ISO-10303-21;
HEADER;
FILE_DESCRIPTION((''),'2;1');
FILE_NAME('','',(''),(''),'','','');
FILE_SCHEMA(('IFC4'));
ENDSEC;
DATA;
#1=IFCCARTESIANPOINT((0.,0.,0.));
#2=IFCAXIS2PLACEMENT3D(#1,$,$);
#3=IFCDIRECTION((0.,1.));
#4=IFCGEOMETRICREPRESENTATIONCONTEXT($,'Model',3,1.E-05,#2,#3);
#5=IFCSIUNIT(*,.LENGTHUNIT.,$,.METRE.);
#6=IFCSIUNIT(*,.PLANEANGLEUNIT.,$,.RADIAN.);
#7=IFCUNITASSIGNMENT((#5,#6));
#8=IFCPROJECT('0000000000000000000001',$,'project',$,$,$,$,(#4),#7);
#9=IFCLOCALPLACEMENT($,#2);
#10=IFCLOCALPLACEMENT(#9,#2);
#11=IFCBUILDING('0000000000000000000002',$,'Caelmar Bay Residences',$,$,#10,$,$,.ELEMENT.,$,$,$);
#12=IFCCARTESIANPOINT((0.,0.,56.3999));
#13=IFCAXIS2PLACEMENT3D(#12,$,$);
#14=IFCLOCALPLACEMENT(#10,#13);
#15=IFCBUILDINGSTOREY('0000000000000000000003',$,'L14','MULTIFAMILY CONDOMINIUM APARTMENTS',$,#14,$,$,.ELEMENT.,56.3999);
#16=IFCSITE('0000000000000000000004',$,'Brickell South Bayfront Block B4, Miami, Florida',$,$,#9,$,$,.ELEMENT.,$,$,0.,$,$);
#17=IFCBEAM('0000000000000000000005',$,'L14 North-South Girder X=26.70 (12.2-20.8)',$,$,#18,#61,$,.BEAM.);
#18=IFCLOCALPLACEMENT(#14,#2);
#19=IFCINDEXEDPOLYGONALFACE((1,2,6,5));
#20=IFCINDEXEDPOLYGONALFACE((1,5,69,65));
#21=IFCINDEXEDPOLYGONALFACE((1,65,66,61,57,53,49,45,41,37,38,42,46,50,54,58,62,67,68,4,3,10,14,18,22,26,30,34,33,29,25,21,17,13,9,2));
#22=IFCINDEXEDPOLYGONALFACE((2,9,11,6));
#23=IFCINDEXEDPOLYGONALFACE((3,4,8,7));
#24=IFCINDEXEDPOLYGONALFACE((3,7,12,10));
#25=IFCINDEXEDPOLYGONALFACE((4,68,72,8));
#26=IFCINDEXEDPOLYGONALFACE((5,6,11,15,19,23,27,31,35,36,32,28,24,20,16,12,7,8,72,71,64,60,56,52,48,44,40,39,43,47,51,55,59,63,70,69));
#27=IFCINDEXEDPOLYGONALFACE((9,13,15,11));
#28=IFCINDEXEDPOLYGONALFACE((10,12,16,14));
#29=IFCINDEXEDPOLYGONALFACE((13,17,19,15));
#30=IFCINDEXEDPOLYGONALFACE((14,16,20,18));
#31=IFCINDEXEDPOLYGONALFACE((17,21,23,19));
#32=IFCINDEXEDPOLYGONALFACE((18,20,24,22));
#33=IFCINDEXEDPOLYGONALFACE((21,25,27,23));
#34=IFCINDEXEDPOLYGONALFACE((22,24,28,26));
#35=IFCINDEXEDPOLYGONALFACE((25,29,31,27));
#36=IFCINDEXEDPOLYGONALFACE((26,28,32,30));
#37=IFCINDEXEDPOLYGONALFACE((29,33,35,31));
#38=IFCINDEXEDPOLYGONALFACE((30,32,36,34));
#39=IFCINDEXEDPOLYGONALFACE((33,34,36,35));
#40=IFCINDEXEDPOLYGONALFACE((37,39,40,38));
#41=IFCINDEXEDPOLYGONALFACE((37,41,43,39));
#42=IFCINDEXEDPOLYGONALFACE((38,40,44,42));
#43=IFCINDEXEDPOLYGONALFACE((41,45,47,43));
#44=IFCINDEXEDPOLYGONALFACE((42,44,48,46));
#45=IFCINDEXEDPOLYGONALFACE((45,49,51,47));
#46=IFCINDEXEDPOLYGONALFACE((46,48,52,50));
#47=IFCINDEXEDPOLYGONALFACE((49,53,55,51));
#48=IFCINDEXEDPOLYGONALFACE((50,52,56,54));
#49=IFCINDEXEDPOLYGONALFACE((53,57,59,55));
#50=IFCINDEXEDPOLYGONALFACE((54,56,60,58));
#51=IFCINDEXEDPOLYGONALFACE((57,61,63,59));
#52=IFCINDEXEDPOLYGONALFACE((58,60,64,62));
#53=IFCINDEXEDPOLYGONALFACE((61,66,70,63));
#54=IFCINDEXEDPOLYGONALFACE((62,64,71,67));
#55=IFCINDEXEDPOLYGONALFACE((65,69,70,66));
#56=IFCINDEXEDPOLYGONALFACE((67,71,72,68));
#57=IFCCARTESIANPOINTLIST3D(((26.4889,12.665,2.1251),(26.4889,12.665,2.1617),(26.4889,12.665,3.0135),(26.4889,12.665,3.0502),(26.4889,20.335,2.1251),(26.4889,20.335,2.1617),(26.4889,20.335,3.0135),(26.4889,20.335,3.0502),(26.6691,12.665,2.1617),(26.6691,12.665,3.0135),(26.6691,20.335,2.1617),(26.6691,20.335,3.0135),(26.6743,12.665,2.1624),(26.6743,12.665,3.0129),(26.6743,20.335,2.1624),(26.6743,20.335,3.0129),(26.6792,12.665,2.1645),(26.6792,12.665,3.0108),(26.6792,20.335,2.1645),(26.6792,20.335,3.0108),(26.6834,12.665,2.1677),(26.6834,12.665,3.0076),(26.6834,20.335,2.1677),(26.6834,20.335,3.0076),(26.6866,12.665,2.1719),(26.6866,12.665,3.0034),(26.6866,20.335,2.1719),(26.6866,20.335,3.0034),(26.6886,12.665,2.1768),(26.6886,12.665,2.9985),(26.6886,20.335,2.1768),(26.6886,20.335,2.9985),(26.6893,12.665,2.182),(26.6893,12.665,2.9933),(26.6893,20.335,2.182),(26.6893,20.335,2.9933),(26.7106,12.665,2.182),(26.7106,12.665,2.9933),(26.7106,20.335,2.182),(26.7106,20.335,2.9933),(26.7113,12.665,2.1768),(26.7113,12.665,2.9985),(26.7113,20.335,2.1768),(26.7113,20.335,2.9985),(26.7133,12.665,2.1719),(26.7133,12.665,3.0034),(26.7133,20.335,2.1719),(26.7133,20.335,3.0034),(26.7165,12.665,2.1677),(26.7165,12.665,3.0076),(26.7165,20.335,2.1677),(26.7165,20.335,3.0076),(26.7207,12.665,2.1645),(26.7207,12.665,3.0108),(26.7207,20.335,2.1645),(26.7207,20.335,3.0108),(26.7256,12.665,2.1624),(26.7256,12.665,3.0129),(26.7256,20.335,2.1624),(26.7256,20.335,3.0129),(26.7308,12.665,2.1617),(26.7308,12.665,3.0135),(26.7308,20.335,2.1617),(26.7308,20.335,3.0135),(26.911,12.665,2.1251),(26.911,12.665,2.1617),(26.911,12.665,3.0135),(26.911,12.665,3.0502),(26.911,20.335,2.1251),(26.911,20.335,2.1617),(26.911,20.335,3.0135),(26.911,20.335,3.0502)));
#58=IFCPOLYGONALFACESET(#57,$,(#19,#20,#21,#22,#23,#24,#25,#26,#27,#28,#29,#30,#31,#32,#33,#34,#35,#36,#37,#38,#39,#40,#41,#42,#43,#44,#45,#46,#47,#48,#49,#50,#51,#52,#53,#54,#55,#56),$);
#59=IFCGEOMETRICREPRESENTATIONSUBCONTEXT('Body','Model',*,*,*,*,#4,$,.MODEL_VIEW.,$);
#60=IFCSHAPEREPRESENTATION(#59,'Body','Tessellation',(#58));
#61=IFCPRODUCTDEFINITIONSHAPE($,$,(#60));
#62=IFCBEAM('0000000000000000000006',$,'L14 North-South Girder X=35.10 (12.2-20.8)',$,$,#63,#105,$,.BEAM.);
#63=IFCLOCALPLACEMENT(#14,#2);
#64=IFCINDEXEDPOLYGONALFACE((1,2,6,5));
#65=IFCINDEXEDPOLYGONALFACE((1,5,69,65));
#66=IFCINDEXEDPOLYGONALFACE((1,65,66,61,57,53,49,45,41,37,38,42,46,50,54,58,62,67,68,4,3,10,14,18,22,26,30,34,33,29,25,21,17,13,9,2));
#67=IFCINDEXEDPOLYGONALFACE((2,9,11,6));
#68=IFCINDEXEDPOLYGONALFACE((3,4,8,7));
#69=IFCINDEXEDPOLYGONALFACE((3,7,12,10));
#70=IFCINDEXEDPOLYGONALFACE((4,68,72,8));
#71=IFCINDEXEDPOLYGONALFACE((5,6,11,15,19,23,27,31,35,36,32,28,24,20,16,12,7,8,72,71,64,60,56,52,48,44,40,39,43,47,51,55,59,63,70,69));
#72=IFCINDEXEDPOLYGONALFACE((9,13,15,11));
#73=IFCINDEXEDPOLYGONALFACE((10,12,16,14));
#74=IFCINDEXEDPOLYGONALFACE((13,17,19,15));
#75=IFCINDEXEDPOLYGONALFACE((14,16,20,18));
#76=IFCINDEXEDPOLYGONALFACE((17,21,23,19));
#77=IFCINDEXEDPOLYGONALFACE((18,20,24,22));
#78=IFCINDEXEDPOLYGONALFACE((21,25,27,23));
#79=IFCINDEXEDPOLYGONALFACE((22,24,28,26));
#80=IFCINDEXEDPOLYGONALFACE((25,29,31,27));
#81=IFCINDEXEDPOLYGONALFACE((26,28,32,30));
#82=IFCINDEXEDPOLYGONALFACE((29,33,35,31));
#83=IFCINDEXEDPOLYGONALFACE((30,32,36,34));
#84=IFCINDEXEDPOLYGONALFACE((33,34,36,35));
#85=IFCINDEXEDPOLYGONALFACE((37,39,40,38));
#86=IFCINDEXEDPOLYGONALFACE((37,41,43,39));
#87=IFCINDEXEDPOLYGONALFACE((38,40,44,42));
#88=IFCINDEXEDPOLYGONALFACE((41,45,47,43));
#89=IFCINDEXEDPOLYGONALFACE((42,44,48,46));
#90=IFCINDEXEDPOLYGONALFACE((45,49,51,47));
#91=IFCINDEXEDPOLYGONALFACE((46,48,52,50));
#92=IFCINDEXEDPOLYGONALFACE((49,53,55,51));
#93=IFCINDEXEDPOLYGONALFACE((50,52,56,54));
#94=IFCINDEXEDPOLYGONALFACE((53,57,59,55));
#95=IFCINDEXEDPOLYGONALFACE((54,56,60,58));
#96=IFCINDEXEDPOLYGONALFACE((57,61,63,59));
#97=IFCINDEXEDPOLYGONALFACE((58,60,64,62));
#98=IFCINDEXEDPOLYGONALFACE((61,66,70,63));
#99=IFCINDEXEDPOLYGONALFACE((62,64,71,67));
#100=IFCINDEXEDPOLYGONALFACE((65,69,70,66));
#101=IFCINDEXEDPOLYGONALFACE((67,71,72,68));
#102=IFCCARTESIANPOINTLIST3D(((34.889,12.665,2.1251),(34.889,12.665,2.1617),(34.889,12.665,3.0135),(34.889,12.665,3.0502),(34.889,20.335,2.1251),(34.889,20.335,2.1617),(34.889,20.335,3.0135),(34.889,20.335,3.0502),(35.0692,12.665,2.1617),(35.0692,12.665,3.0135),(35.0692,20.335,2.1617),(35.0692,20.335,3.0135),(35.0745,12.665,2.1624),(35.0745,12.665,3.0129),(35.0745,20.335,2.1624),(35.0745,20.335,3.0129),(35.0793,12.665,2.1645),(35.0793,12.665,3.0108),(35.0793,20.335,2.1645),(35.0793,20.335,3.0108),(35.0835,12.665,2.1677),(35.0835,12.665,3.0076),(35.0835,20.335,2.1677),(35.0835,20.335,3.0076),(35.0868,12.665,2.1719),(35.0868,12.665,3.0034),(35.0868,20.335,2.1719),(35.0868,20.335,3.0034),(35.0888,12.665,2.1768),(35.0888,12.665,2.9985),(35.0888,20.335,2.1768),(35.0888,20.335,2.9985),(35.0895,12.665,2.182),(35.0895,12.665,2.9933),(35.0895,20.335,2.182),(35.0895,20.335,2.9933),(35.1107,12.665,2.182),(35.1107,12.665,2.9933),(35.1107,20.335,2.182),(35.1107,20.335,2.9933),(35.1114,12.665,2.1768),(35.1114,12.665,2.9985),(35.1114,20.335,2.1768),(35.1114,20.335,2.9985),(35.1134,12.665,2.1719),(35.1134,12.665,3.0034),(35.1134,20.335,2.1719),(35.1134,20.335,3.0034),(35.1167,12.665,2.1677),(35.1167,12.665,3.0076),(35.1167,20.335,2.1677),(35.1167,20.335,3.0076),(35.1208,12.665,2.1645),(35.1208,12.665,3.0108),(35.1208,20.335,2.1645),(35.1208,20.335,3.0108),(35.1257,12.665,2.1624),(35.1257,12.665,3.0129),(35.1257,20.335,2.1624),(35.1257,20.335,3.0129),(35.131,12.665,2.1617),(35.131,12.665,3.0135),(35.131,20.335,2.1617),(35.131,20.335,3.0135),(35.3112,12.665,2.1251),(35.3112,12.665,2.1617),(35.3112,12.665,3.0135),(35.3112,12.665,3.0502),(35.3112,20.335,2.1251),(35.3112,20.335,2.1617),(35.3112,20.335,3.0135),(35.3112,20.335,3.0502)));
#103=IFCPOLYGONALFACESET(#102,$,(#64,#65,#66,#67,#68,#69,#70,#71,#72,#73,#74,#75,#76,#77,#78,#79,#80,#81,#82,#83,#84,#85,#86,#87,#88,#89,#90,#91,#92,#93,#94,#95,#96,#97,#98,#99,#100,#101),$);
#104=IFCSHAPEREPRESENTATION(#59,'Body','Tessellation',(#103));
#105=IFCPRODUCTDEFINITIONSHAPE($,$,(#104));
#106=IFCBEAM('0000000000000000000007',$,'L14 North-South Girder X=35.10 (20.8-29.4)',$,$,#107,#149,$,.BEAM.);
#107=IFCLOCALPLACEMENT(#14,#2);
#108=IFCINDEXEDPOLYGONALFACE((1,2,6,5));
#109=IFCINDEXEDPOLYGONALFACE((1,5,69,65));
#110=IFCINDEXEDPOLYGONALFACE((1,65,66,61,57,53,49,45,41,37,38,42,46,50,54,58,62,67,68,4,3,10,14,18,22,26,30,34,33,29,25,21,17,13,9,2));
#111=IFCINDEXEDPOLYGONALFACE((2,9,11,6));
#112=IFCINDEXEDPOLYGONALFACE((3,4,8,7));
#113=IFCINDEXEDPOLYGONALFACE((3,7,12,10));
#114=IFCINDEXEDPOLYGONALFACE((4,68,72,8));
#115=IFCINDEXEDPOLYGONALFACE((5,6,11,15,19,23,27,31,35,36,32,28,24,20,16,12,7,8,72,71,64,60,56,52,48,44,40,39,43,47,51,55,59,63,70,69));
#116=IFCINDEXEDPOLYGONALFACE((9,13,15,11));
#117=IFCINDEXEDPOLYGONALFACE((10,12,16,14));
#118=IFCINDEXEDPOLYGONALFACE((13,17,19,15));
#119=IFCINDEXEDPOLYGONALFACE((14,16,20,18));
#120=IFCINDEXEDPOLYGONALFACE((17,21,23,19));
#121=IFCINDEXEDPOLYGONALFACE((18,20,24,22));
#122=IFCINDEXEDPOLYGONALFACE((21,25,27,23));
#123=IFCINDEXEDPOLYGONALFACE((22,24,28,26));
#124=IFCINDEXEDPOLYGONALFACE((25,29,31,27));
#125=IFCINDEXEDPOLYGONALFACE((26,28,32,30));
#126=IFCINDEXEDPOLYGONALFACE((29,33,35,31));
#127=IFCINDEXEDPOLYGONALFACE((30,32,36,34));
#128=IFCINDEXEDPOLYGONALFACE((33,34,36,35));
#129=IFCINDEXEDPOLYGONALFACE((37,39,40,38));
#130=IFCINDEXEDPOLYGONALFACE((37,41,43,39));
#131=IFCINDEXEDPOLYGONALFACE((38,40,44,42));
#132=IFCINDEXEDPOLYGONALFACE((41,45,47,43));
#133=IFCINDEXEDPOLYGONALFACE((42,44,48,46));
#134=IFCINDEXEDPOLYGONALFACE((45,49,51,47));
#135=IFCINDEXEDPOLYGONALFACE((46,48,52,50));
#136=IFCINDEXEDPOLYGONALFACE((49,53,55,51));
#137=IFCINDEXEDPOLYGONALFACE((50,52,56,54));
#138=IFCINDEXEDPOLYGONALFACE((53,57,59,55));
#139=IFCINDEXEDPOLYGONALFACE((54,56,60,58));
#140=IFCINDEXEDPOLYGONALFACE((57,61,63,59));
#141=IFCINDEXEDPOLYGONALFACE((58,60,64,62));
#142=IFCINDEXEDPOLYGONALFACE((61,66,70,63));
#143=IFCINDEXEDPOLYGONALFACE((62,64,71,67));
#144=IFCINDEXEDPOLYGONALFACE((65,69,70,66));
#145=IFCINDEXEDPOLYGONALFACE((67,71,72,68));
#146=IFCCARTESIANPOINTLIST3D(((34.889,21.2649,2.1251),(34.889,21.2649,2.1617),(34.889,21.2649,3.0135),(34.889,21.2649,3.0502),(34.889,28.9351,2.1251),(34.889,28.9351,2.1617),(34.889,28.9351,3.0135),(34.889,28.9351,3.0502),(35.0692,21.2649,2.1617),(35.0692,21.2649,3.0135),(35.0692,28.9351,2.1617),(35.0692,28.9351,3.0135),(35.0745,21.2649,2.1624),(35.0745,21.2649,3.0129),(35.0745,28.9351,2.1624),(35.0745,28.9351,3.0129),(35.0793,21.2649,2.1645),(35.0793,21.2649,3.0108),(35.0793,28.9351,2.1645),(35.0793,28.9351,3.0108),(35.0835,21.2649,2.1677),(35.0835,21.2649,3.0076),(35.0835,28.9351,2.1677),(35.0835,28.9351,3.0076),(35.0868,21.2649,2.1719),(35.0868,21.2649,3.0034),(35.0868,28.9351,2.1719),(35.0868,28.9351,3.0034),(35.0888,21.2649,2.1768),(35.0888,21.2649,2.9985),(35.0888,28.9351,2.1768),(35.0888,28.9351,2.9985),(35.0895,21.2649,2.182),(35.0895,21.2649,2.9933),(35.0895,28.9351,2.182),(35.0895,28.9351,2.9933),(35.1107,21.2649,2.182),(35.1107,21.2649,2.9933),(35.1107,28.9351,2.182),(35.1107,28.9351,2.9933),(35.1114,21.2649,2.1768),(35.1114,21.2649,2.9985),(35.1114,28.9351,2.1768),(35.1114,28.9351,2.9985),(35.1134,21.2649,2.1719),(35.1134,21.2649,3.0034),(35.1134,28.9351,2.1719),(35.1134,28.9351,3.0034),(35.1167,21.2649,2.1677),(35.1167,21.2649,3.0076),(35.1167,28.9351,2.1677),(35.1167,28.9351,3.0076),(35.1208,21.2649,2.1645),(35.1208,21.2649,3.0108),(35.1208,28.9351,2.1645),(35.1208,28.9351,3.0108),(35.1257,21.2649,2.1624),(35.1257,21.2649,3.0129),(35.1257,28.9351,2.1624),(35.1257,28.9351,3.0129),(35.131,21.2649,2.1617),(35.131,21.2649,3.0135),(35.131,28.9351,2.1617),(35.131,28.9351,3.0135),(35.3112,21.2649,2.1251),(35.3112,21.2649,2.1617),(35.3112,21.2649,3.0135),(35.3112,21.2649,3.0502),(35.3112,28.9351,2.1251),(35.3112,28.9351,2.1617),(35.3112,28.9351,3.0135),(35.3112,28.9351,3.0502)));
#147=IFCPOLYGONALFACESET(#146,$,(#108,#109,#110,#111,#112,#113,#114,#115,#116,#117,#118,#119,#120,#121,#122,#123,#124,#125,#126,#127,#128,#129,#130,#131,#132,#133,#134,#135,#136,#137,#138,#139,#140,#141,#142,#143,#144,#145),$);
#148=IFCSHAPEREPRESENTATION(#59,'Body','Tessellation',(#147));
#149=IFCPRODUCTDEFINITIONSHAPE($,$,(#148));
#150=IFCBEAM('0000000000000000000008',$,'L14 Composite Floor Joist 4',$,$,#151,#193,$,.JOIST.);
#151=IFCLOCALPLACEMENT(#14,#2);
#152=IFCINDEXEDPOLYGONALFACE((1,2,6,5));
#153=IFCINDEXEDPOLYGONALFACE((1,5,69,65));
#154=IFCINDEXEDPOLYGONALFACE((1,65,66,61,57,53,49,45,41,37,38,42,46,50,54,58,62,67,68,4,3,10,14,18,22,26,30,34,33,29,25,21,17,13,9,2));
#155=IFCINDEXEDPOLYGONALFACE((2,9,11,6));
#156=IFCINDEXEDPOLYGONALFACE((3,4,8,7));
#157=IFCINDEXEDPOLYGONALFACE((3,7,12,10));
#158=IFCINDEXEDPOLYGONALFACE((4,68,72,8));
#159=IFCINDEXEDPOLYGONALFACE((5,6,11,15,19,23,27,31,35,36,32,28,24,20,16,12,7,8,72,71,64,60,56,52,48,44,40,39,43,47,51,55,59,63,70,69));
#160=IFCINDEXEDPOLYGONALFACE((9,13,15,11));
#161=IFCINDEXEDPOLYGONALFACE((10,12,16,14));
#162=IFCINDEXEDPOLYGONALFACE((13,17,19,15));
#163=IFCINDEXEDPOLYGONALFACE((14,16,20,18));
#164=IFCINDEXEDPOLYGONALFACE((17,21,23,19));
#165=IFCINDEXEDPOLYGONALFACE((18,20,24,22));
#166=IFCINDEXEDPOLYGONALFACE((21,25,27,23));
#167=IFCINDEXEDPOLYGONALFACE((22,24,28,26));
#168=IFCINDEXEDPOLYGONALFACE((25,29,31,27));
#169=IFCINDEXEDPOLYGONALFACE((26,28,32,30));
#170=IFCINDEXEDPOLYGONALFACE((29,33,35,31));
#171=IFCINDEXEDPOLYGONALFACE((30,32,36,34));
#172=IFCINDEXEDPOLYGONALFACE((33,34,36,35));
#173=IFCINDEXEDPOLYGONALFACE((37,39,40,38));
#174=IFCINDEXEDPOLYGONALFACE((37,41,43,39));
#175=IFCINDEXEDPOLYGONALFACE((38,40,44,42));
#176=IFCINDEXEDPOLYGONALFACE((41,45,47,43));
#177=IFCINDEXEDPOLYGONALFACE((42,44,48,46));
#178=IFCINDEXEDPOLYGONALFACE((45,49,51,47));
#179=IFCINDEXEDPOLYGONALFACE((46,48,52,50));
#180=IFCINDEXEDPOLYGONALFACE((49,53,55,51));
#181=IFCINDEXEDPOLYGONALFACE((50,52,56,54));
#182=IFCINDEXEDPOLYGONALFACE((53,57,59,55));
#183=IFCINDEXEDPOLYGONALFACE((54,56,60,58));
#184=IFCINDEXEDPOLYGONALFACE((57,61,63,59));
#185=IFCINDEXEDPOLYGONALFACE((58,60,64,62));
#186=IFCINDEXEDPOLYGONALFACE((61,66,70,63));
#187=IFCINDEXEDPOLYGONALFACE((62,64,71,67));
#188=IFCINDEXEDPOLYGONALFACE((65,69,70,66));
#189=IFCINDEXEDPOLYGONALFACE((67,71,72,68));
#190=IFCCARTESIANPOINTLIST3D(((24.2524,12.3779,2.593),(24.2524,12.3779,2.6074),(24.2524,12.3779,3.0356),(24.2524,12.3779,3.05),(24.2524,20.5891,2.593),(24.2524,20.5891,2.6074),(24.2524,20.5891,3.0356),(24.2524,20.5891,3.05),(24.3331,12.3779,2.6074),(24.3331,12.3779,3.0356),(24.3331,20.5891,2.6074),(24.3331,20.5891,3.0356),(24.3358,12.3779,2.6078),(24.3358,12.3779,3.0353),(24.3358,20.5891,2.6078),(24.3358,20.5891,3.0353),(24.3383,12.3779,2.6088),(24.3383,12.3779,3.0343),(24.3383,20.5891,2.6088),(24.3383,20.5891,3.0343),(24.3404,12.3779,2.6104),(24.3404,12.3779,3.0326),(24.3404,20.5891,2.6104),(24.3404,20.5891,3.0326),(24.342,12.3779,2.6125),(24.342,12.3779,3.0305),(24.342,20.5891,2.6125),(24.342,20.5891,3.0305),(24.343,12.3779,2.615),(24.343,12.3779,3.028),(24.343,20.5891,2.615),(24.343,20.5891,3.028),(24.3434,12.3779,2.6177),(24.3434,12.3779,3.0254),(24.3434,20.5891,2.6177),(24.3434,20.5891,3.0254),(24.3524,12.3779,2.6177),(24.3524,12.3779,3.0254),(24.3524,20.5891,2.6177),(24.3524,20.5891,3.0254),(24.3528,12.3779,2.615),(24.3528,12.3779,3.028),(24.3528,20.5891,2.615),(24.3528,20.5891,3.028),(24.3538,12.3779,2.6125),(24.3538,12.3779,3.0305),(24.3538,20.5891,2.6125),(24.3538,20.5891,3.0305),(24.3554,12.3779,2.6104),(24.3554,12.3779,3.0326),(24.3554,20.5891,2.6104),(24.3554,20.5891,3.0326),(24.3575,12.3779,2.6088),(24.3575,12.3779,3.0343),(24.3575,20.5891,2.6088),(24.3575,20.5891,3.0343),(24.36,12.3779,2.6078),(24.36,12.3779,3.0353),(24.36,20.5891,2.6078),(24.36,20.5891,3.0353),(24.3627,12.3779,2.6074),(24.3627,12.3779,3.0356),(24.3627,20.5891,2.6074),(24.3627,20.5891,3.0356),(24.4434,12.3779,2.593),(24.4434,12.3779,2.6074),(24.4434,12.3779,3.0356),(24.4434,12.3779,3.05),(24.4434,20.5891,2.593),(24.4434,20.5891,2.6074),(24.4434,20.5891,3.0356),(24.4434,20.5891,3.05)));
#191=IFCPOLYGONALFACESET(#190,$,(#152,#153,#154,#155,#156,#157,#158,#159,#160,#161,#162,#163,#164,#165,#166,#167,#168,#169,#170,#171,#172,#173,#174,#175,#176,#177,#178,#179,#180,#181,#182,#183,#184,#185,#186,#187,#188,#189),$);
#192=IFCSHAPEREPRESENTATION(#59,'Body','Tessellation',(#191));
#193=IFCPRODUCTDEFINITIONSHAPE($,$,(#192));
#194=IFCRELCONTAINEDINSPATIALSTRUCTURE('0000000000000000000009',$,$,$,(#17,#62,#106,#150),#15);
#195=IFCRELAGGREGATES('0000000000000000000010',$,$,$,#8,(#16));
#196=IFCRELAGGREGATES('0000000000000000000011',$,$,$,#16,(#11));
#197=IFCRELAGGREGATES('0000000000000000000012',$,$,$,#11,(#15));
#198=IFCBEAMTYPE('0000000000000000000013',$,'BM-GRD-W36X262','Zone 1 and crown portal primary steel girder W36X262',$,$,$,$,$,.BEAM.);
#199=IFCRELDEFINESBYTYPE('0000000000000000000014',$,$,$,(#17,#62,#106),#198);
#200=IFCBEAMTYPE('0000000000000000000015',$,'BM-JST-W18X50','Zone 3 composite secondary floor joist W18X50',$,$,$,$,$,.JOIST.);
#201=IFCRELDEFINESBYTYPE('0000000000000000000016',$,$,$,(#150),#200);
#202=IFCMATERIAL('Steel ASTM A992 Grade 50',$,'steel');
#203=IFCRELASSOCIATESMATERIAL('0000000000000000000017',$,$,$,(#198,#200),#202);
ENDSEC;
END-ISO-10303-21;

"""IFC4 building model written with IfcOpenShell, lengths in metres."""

from ifc_helpers import new_model, si_unit, direction, frame, origin, origin_2d, place, context, subcontext, project, spatial, i_section, extrude, material, material_profile, profile_set, type_object, element, save


model = new_model("IFC4")

# Units and contexts
model_context = context("Model", 3, precision=1e-05, world=origin(), true_north=direction((0.0, 1.0)))
body_context = subcontext(model_context, "Body", "Model", "MODEL_VIEW")
ifc_project = project(units=[si_unit("LENGTHUNIT", "METRE"), si_unit("PLANEANGLEUNIT", "RADIAN")], contexts=[model_context])

# Site, building, storey
site_placement = place(None, origin())
site = spatial("IfcSite", under=ifc_project, at=site_placement, Name="Brickell South Bayfront Block B4, Miami, Florida", CompositionType="ELEMENT", RefElevation=0.0)
building_placement = place(site_placement, origin())
building = spatial("IfcBuilding", under=site, at=building_placement, Name="Caelmar Bay Residences", CompositionType="ELEMENT")
storey_placement = place(building_placement, frame((0.0, 0.0, 56.3999)))
storey = spatial("IfcBuildingStorey", under=building, at=storey_placement, Name="L14", Description="MULTIFAMILY CONDOMINIUM APARTMENTS", CompositionType="ELEMENT", Elevation=56.3999)

# Beams
ifc_material_1 = material(Name="Steel ASTM A992 Grade 50", Category="steel")
ifc_material_profile_1 = material_profile(ifc_material_1, i_section(OverallWidth=0.4221, OverallDepth=0.925, WebThickness=0.0212, FlangeThickness=0.0366, FilletRadius=0.0203, at=origin_2d()), Name="W36X262")
ifc_profile_set_1 = profile_set([ifc_material_profile_1], Name="Steel ASTM A992 Grade 50")
beam_type_1 = type_object("IfcBeamType", Name="BM-GRD-W36X262", Description="Zone 1 and crown portal primary steel girder W36X262", PredefinedType="BEAM", material=ifc_profile_set_1)
for number, where, z_axis, x_axis, name in (
    (1, (26.7, 12.665, 2.5876), (0.0, 1.0, 0.0), (-1.0, 0.0, 0.0), "L14 North-South Girder X=26.70 (12.2-20.8)"),
    (2, (35.1001, 12.665, 2.5876), (0.0, 1.0, 0.0), (-1.0, 0.0, 0.0), "L14 North-South Girder X=35.10 (12.2-20.8)"),
):
    element("IfcBeam", number, at=place(storey_placement, frame(where, z_axis=z_axis, x_axis=x_axis)), inside=storey, type_object=beam_type_1, Name=name, PredefinedType="BEAM", context=body_context, shape_type="SweptSolid", body=[
        extrude(i_section(OverallWidth=0.4221, OverallDepth=0.925, WebThickness=0.0212, FlangeThickness=0.0366, FilletRadius=0.0203, at=origin_2d()), origin(), (0.0, 0.0, 1.0), 7.6699),
    ])
beam_1_placement = place(storey_placement, frame((35.1001, 21.2649, 2.5876), z_axis=(0.0, 1.0, 0.0), x_axis=(-1.0, 0.0, 0.0)))
element("IfcBeam", 3, at=beam_1_placement, inside=storey, type_object=beam_type_1, Name="L14 North-South Girder X=35.10 (20.8-29.4)", PredefinedType="BEAM", context=body_context, shape_type="SweptSolid", body=[
    extrude(i_section(OverallWidth=0.4221, OverallDepth=0.925, WebThickness=0.0212, FlangeThickness=0.0366, FilletRadius=0.0203, at=origin_2d()), origin(), (0.0, 0.0, 1.0), 7.6702),
])
ifc_material_profile_2 = material_profile(ifc_material_1, i_section(OverallWidth=0.1909, OverallDepth=0.457, WebThickness=0.009, FlangeThickness=0.0144, FilletRadius=0.0103, at=origin_2d()), Name="W18X50")
ifc_profile_set_2 = profile_set([ifc_material_profile_2], Name="Steel ASTM A992 Grade 50")
beam_type_2 = type_object("IfcBeamType", Name="BM-JST-W18X50", Description="Zone 3 composite secondary floor joist W18X50", PredefinedType="JOIST", material=ifc_profile_set_2)
for number, where, z_axis, x_axis, name in (
    (4, (24.3479, 12.3779, 2.8215), (0.0, 1.0, 0.0), (-1.0, 0.0, 0.0), "L14 Composite Floor Joist 4"),
):
    element("IfcBeam", number, at=place(storey_placement, frame(where, z_axis=z_axis, x_axis=x_axis)), inside=storey, type_object=beam_type_2, Name=name, PredefinedType="JOIST", context=body_context, shape_type="SweptSolid", body=[
        extrude(i_section(OverallWidth=0.1909, OverallDepth=0.457, WebThickness=0.009, FlangeThickness=0.0144, FilletRadius=0.0103, at=origin_2d()), origin(), (0.0, 0.0, 1.0), 8.2112),
    ])

save(model, "model.ifc")
